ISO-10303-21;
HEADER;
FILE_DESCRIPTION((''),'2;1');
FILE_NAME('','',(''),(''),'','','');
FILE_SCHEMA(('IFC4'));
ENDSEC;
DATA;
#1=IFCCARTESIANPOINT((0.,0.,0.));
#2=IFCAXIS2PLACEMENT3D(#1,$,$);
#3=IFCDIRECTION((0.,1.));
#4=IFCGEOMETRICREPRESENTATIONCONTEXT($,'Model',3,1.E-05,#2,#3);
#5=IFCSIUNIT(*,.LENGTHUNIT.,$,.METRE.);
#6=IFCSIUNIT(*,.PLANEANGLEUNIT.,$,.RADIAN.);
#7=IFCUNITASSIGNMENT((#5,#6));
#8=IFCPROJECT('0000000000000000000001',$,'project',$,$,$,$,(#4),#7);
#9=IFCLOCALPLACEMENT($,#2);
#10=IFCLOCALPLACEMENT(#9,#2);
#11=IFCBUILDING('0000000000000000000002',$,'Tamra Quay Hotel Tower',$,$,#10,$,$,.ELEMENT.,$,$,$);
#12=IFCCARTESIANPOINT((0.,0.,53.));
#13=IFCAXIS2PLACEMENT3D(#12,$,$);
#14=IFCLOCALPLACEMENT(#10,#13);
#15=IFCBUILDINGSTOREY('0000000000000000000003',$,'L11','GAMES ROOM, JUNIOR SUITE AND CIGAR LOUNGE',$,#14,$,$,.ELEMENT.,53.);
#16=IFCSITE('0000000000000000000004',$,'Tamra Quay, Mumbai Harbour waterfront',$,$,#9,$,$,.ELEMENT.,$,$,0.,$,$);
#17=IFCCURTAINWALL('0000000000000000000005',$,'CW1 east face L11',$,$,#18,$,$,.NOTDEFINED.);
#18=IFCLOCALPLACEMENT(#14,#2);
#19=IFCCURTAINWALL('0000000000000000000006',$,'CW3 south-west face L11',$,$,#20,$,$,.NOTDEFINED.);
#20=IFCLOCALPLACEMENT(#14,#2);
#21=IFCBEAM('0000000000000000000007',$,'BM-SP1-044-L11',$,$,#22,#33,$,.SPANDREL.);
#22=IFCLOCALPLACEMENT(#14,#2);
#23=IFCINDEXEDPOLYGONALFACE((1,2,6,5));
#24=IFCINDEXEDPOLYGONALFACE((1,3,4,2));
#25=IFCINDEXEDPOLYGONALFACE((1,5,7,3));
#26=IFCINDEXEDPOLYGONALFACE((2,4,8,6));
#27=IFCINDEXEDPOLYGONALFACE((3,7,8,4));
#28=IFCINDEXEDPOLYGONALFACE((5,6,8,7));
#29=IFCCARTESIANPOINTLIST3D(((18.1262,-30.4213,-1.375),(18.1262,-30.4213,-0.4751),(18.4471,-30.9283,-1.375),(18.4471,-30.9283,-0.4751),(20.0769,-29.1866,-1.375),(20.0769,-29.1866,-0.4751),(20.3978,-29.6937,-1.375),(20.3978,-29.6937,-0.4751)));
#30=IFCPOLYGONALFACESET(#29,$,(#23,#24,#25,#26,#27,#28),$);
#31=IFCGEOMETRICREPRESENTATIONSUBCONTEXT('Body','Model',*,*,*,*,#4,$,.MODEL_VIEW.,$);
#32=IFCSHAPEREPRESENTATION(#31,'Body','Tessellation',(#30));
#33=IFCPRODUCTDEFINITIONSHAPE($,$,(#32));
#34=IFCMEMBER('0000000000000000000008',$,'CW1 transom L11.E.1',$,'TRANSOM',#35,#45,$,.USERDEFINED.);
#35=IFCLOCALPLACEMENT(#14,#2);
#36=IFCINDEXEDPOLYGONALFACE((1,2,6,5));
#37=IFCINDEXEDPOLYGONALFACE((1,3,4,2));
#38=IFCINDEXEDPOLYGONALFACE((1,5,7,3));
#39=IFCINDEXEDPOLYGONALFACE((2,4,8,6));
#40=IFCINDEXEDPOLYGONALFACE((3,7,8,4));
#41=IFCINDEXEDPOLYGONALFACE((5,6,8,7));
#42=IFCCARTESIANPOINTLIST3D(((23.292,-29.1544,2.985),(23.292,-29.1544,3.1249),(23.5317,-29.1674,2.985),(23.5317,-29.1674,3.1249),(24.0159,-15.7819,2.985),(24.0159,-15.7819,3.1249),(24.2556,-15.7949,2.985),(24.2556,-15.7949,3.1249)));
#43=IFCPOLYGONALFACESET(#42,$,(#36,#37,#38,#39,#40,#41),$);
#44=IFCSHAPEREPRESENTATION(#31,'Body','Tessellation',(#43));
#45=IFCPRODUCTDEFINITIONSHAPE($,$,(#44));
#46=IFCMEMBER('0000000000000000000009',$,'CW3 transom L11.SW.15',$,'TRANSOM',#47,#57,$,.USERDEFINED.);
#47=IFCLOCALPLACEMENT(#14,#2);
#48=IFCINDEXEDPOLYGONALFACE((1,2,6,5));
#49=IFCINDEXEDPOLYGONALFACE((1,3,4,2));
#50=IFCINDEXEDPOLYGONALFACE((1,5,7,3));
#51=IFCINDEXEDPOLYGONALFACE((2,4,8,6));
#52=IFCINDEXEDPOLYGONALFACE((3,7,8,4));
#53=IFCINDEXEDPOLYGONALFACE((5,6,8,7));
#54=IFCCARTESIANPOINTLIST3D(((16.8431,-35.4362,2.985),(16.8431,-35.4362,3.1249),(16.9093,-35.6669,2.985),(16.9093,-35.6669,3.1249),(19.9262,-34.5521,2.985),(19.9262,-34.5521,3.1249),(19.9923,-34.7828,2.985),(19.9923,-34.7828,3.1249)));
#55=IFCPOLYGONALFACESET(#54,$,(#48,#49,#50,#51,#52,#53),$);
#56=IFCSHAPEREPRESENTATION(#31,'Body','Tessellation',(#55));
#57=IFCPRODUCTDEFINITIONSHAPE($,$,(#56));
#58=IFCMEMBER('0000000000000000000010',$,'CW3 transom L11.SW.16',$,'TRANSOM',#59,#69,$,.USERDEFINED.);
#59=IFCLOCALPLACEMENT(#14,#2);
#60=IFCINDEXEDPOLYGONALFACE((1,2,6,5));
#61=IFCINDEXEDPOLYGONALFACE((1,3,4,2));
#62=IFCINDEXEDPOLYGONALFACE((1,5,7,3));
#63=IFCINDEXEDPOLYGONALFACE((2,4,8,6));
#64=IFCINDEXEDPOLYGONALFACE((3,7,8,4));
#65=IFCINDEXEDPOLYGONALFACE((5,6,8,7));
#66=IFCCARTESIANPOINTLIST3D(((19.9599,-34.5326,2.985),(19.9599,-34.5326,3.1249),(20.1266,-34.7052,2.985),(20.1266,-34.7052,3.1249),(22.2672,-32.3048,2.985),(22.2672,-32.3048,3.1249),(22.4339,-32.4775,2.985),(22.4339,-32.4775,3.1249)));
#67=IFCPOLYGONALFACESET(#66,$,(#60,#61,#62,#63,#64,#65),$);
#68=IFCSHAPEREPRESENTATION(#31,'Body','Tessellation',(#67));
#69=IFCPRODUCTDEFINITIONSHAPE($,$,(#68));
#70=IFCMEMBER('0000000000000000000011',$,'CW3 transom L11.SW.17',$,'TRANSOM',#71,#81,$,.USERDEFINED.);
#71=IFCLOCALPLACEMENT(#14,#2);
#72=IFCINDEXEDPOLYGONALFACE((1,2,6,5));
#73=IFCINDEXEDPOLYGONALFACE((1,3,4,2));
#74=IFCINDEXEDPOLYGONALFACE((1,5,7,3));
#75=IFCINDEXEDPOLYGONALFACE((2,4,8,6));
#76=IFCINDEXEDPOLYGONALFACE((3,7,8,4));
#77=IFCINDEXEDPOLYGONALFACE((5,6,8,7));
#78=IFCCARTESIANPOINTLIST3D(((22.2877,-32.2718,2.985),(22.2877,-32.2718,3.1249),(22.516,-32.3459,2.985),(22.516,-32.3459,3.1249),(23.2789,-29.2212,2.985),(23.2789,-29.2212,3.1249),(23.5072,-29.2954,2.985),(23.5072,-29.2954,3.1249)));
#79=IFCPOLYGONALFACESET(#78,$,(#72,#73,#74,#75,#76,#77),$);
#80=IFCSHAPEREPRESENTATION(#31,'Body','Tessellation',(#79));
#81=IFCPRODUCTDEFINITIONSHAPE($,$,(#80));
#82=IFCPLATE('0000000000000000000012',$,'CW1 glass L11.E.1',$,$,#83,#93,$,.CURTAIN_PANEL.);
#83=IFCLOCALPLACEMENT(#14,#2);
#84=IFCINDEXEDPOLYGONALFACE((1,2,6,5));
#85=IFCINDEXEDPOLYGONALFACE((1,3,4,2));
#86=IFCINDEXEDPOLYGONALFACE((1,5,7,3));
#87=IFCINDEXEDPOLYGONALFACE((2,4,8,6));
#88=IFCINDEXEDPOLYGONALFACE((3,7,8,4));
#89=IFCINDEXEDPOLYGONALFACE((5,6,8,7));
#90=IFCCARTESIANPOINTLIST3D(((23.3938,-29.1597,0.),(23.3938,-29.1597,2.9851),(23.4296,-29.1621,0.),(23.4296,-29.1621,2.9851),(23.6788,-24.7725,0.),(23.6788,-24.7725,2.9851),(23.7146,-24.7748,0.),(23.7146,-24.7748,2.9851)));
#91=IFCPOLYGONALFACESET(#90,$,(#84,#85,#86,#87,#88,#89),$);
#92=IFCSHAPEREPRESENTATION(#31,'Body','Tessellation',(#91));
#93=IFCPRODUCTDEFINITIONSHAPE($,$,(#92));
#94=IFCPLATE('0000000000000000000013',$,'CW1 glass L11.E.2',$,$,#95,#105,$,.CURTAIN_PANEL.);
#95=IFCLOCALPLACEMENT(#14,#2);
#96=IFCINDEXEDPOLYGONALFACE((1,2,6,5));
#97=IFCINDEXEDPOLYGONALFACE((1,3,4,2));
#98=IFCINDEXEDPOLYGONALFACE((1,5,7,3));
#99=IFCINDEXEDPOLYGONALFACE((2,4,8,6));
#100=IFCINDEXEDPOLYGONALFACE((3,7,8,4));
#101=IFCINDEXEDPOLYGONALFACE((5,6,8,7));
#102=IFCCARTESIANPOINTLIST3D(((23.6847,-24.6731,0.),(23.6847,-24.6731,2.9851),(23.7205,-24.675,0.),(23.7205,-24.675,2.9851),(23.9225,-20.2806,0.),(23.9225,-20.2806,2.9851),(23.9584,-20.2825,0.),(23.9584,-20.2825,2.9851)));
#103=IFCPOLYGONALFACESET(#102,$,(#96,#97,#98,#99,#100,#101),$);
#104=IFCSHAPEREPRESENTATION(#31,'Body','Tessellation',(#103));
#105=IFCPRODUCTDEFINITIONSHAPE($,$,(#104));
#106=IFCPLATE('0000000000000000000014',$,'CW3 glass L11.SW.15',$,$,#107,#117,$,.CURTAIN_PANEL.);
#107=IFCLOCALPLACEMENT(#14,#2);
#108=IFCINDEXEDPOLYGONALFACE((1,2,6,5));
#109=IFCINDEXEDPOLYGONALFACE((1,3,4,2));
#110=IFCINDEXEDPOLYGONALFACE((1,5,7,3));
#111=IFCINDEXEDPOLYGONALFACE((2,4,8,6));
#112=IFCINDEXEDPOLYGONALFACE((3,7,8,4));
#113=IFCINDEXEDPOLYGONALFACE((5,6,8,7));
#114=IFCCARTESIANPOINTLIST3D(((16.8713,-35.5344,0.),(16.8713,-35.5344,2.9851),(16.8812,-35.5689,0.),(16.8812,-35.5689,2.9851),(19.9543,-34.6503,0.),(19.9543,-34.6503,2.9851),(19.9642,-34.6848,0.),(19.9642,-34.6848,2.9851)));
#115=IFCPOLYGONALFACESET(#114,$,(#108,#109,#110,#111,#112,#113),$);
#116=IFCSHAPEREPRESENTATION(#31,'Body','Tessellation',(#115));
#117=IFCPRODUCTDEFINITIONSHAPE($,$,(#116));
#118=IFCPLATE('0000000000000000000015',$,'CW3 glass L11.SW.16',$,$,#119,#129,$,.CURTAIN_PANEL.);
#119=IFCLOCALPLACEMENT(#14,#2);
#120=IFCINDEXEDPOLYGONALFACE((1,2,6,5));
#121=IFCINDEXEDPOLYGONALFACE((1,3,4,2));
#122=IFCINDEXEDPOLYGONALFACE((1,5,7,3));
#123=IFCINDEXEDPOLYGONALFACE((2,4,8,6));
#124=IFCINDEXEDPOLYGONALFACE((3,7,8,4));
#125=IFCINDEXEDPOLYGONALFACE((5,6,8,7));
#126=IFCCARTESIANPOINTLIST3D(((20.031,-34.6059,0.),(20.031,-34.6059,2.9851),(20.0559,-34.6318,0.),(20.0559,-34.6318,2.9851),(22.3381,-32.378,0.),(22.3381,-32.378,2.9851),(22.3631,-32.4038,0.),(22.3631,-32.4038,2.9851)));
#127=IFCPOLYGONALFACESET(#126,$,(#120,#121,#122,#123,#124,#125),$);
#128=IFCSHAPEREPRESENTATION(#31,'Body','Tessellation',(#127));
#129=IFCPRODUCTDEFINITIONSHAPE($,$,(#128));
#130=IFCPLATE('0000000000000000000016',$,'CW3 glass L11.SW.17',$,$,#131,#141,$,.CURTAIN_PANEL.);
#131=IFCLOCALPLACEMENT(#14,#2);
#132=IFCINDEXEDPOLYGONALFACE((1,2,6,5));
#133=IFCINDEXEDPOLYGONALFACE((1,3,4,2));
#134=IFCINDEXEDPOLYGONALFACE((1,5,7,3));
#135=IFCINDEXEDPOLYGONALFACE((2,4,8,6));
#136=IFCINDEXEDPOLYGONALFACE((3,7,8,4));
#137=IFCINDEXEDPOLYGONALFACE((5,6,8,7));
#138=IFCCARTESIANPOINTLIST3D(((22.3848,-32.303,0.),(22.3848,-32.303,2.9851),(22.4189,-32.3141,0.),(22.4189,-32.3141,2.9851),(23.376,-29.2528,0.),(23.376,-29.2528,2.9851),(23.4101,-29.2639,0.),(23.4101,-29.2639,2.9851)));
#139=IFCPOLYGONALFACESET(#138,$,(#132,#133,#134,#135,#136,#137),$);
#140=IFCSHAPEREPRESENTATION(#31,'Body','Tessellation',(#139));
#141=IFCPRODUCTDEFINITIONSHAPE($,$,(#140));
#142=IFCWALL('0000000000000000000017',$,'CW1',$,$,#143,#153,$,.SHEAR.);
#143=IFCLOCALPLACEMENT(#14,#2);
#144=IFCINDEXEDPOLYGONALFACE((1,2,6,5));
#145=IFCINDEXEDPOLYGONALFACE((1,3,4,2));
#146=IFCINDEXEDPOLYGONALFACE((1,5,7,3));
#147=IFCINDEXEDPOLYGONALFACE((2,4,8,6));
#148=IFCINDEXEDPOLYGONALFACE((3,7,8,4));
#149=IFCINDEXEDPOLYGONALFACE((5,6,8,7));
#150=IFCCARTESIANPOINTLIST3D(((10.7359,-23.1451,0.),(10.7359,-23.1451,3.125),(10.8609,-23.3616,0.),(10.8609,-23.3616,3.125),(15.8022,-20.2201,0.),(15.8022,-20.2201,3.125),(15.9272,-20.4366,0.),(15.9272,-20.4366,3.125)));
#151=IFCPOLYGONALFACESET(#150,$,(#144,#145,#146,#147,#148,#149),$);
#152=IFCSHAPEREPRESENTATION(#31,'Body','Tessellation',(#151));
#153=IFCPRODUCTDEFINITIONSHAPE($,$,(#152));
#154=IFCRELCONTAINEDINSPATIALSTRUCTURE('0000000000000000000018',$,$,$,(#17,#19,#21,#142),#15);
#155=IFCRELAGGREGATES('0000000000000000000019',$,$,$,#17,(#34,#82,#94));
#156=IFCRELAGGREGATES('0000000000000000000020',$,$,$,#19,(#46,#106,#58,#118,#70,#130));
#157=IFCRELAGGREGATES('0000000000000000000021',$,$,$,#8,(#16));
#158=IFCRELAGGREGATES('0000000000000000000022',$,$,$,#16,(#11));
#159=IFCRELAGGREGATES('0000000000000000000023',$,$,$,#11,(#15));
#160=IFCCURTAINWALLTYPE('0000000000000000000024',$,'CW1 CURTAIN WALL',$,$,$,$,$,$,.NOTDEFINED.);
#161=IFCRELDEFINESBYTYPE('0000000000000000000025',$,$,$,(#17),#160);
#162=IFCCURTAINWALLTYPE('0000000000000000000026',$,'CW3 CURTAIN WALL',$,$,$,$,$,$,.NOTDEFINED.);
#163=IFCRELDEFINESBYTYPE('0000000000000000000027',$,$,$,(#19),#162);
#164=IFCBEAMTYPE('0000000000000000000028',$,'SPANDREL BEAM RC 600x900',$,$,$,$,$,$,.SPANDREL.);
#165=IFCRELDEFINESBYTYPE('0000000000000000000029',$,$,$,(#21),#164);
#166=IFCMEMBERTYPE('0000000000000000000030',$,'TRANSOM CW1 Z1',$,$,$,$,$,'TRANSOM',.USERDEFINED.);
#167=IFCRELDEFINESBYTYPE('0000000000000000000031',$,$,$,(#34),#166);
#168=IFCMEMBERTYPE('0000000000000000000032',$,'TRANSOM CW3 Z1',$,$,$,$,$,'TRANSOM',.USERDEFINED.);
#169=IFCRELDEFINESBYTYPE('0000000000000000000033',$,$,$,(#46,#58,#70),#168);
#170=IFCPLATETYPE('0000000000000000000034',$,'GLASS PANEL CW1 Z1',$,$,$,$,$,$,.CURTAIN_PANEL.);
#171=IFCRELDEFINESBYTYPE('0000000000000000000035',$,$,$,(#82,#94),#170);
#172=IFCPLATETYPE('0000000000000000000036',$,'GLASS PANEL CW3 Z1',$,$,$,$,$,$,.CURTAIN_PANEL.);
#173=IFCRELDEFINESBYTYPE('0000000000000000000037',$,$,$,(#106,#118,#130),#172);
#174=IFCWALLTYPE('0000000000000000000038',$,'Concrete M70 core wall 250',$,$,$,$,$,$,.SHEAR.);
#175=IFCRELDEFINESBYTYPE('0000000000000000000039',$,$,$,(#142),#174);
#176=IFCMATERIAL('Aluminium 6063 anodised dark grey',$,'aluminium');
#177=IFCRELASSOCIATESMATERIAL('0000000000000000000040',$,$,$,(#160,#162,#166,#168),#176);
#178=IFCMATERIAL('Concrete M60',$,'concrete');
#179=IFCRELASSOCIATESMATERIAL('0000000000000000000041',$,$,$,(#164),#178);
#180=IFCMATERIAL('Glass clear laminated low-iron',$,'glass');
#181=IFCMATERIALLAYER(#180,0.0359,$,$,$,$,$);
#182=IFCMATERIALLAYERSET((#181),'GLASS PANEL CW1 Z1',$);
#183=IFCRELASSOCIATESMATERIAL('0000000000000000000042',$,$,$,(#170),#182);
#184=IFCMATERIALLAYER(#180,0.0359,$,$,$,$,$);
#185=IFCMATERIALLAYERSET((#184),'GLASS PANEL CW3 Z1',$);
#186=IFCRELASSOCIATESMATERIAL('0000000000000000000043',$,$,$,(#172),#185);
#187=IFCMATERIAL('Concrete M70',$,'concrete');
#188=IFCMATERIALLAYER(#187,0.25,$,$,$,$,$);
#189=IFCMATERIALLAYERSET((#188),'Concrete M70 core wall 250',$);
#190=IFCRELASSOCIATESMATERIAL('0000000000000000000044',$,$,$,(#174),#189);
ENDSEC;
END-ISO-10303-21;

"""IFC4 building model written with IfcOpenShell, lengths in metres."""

from ifc_helpers import new_model, si_unit, direction, frame, frame_2d, origin, origin_2d, place, context, subcontext, project, spatial, rectangle, extrude, material, layer, layer_set, material_profile, profile_set, type_object, element, aggregate, save


model = new_model("IFC4")

# Units and contexts
model_context = context("Model", 3, precision=1e-05, world=origin(), true_north=direction((0.0, 1.0)))
body_context = subcontext(model_context, "Body", "Model", "MODEL_VIEW")
ifc_project = project(units=[si_unit("LENGTHUNIT", "METRE"), si_unit("PLANEANGLEUNIT", "RADIAN")], contexts=[model_context])

# Site, building, storey
site_placement = place(None, origin())
site = spatial("IfcSite", under=ifc_project, at=site_placement, Name="Tamra Quay, Mumbai Harbour waterfront", CompositionType="ELEMENT", RefElevation=0.0)
building_placement = place(site_placement, origin())
building = spatial("IfcBuilding", under=site, at=building_placement, Name="Tamra Quay Hotel Tower", CompositionType="ELEMENT")
storey_placement = place(building_placement, frame((0.0, 0.0, 53.0)))
storey = spatial("IfcBuildingStorey", under=building, at=storey_placement, Name="L11", Description="GAMES ROOM, JUNIOR SUITE AND CIGAR LOUNGE", CompositionType="ELEMENT", Elevation=53.0)

# Shared definitions
ifc_material_1 = material(Name="Concrete M70", Category="concrete")

# Curtain walls
ifc_material_2 = material(Name="Aluminium 6063 anodised dark grey", Category="aluminium")
curtain_wall_type_1 = type_object("IfcCurtainWallType", Name="CW1 CURTAIN WALL", PredefinedType="NOTDEFINED", material=ifc_material_2)
curtain_wall_1_placement = place(storey_placement, origin())
curtain_wall_1 = element("IfcCurtainWall", 1, at=curtain_wall_1_placement, inside=storey, type_object=curtain_wall_type_1, Name="CW1 east face L11", PredefinedType="NOTDEFINED")
curtain_wall_type_2 = type_object("IfcCurtainWallType", Name="CW3 CURTAIN WALL", PredefinedType="NOTDEFINED", material=ifc_material_2)
curtain_wall_2_placement = place(storey_placement, origin())
curtain_wall_2 = element("IfcCurtainWall", 2, at=curtain_wall_2_placement, inside=storey, type_object=curtain_wall_type_2, Name="CW3 south-west face L11", PredefinedType="NOTDEFINED")

# Beam
ifc_material_3 = material(Name="Concrete M60", Category="concrete")
ifc_material_profile_1 = material_profile(ifc_material_3, rectangle(XDim=0.6001, YDim=0.8999, at=origin_2d()), Name="SPANDREL BEAM RC 600x900")
ifc_profile_set_1 = profile_set([ifc_material_profile_1], Name="Concrete M60")
beam_type = type_object("IfcBeamType", Name="SPANDREL BEAM RC 600x900", PredefinedType="SPANDREL", material=ifc_profile_set_1)
beam_1_placement = place(storey_placement, frame((18.2866, -30.6748, -0.925), z_axis=(0.844978, 0.5348, 0.0), x_axis=(-0.5348, 0.844978, 0.0)))
element("IfcBeam", 3, at=beam_1_placement, inside=storey, type_object=beam_type, Name="BM-SP1-044-L11", PredefinedType="SPANDREL", context=body_context, shape_type="SweptSolid", body=[
    extrude(rectangle(XDim=0.6001, YDim=0.8999, at=origin_2d()), origin(), (0.0, 0.0, 1.0), 2.3086),
])

# Members
ifc_material_profile_2 = material_profile(ifc_material_2, rectangle(XDim=0.24, YDim=0.1399, at=origin_2d()), Name="TRANSOM 240X140")
ifc_profile_set_2 = profile_set([ifc_material_profile_2], Name="Aluminium 6063 anodised dark grey")
member_type_1 = type_object("IfcMemberType", Name="TRANSOM CW1 Z1", ElementType="TRANSOM", PredefinedType="USERDEFINED", material=ifc_profile_set_2)
member_1_placement = place(storey_placement, frame((23.4119, -29.1609, 3.0549), z_axis=(0.054052, 0.998538, 0.0), x_axis=(-0.998538, 0.054052, 0.0)))
member_1 = element("IfcMember", 4, at=member_1_placement, type_object=member_type_1, Name="CW1 transom L11.E.1", ObjectType="TRANSOM", PredefinedType="USERDEFINED", context=body_context, shape_type="SweptSolid", body=[
    extrude(rectangle(XDim=0.24, YDim=0.1399, at=origin_2d()), origin(), (0.0, 0.0, 1.0), 13.3921),
])
ifc_material_profile_3 = material_profile(ifc_material_2, rectangle(XDim=0.24, YDim=0.1399, at=origin_2d()), Name="TRANSOM 240X140")
ifc_profile_set_3 = profile_set([ifc_material_profile_3], Name="Aluminium 6063 anodised dark grey")
member_type_2 = type_object("IfcMemberType", Name="TRANSOM CW3 Z1", ElementType="TRANSOM", PredefinedType="USERDEFINED", material=ifc_profile_set_3)
member_2_placement = place(storey_placement, frame((16.8762, -35.5515, 3.0549), z_axis=(0.961262, 0.275636, 0.0), x_axis=(-0.275636, 0.961262, 0.0)))
member_2 = element("IfcMember", 5, at=member_2_placement, type_object=member_type_2, Name="CW3 transom L11.SW.15", ObjectType="TRANSOM", PredefinedType="USERDEFINED", context=body_context, shape_type="SweptSolid", body=[
    extrude(rectangle(XDim=0.24, YDim=0.1399, at=origin_2d()), origin(), (0.0, 0.0, 1.0), 3.2073),
])
member_3_placement = place(storey_placement, frame((20.0432, -34.6189, 3.0549), z_axis=(0.719405, 0.69459, 0.0), x_axis=(-0.69459, 0.719405, 0.0)))
member_3 = element("IfcMember", 6, at=member_3_placement, type_object=member_type_2, Name="CW3 transom L11.SW.16", ObjectType="TRANSOM", PredefinedType="USERDEFINED", context=body_context, shape_type="SweptSolid", body=[
    extrude(rectangle(XDim=0.24, YDim=0.1399, at=origin_2d()), origin(), (0.0, 0.0, 1.0), 3.2073),
])
member_4_placement = place(storey_placement, frame((22.4019, -32.3088, 3.0549), z_axis=(0.309026, 0.951054, 0.0), x_axis=(-0.951054, 0.309026, 0.0)))
member_4 = element("IfcMember", 7, at=member_4_placement, type_object=member_type_2, Name="CW3 transom L11.SW.17", ObjectType="TRANSOM", PredefinedType="USERDEFINED", context=body_context, shape_type="SweptSolid", body=[
    extrude(rectangle(XDim=0.24, YDim=0.1399, at=origin_2d()), origin(), (0.0, 0.0, 1.0), 3.2075),
])

# Plates
ifc_material_4 = material(Name="Glass clear laminated low-iron", Category="glass")
ifc_layer_1 = layer(ifc_material_4, 0.0359)
ifc_layer_set_1 = layer_set([ifc_layer_1], Name="GLASS PANEL CW1 Z1")
plate_type_1 = type_object("IfcPlateType", Name="GLASS PANEL CW1 Z1", PredefinedType="CURTAIN_PANEL", material=ifc_layer_set_1)
plate_1_placement = place(storey_placement, frame((23.5542, -26.9673, 0.0), z_axis=(0.0, 0.0, 1.0), x_axis=(0.064813, 0.997897, 0.0)))
plate_1 = element("IfcPlate", 8, at=plate_1_placement, type_object=plate_type_1, Name="CW1 glass L11.E.1", PredefinedType="CURTAIN_PANEL", context=body_context, shape_type="SweptSolid", body=[
    extrude(rectangle(XDim=4.3965, YDim=0.0359, at=origin_2d()), origin(), (0.0, 0.0, 1.0), 2.9851),
])
plate_2_placement = place(storey_placement, frame((23.8215, -22.4778, 0.0), z_axis=(0.0, 0.0, 1.0), x_axis=(0.054062, 0.998538, 0.0)))
plate_2 = element("IfcPlate", 9, at=plate_2_placement, type_object=plate_type_1, Name="CW1 glass L11.E.2", PredefinedType="CURTAIN_PANEL", context=body_context, shape_type="SweptSolid", body=[
    extrude(rectangle(XDim=4.3989, YDim=0.0359, at=origin_2d()), origin(), (0.0, 0.0, 1.0), 2.9851),
])
aggregate(curtain_wall_1, [member_1, plate_1, plate_2])
ifc_layer_2 = layer(ifc_material_4, 0.0359)
ifc_layer_set_2 = layer_set([ifc_layer_2], Name="GLASS PANEL CW3 Z1")
plate_type_2 = type_object("IfcPlateType", Name="GLASS PANEL CW3 Z1", PredefinedType="CURTAIN_PANEL", material=ifc_layer_set_2)
plate_3_placement = place(storey_placement, frame((18.4177, -35.1096, 0.0), z_axis=(0.0, 0.0, 1.0), x_axis=(0.961259, 0.275645, 0.0)))
plate_3 = element("IfcPlate", 10, at=plate_3_placement, type_object=plate_type_2, Name="CW3 glass L11.SW.15", PredefinedType="CURTAIN_PANEL", context=body_context, shape_type="SweptSolid", body=[
    extrude(rectangle(XDim=3.2073, YDim=0.0359, at=origin_2d()), origin(), (0.0, 0.0, 1.0), 2.9851),
])
plate_4_placement = place(storey_placement, frame((21.197, -33.5049, 0.0), z_axis=(0.0, 0.0, 1.0), x_axis=(0.719346, 0.694652, 0.0)))
plate_4 = element("IfcPlate", 11, at=plate_4_placement, type_object=plate_type_2, Name="CW3 glass L11.SW.16", PredefinedType="CURTAIN_PANEL", context=body_context, shape_type="SweptSolid", body=[
    extrude(rectangle(XDim=3.2073, YDim=0.0359, at=origin_2d()), origin(), (0.0, 0.0, 1.0), 2.9851),
])
plate_5_placement = place(storey_placement, frame((22.8975, -30.7834, 0.0), z_axis=(0.0, 0.0, 1.0), x_axis=(0.309041, 0.951049, 0.0)))
plate_5 = element("IfcPlate", 12, at=plate_5_placement, type_object=plate_type_2, Name="CW3 glass L11.SW.17", PredefinedType="CURTAIN_PANEL", context=body_context, shape_type="SweptSolid", body=[
    extrude(rectangle(XDim=3.2073, YDim=0.0359, at=origin_2d()), origin(), (0.0, 0.0, 1.0), 2.9851),
])
aggregate(curtain_wall_2, [member_2, plate_3, member_3, plate_4, member_4, plate_5])

# Wall
ifc_layer_3 = layer(ifc_material_1, 0.25)
ifc_layer_set_3 = layer_set([ifc_layer_3], Name="Concrete M70 core wall 250")
wall_type = type_object("IfcWallType", Name="Concrete M70 core wall 250", PredefinedType="SHEAR", material=ifc_layer_set_3)
wall_placement = place(storey_placement, frame((15.8647, -20.3284, 0.0), z_axis=(0.0, 0.0, 1.0), x_axis=(-0.866029, -0.499995, 0.0)))
element("IfcWall", 13, at=wall_placement, inside=storey, type_object=wall_type, Name="CW1", PredefinedType="SHEAR", context=body_context, shape_type="SweptSolid", body=[
    extrude(rectangle(XDim=5.8501, YDim=0.25, at=frame_2d((2.925, 0.0))), origin(), (0.0, 0.0, 1.0), 3.125),
])

save(model, "model.ifc")
